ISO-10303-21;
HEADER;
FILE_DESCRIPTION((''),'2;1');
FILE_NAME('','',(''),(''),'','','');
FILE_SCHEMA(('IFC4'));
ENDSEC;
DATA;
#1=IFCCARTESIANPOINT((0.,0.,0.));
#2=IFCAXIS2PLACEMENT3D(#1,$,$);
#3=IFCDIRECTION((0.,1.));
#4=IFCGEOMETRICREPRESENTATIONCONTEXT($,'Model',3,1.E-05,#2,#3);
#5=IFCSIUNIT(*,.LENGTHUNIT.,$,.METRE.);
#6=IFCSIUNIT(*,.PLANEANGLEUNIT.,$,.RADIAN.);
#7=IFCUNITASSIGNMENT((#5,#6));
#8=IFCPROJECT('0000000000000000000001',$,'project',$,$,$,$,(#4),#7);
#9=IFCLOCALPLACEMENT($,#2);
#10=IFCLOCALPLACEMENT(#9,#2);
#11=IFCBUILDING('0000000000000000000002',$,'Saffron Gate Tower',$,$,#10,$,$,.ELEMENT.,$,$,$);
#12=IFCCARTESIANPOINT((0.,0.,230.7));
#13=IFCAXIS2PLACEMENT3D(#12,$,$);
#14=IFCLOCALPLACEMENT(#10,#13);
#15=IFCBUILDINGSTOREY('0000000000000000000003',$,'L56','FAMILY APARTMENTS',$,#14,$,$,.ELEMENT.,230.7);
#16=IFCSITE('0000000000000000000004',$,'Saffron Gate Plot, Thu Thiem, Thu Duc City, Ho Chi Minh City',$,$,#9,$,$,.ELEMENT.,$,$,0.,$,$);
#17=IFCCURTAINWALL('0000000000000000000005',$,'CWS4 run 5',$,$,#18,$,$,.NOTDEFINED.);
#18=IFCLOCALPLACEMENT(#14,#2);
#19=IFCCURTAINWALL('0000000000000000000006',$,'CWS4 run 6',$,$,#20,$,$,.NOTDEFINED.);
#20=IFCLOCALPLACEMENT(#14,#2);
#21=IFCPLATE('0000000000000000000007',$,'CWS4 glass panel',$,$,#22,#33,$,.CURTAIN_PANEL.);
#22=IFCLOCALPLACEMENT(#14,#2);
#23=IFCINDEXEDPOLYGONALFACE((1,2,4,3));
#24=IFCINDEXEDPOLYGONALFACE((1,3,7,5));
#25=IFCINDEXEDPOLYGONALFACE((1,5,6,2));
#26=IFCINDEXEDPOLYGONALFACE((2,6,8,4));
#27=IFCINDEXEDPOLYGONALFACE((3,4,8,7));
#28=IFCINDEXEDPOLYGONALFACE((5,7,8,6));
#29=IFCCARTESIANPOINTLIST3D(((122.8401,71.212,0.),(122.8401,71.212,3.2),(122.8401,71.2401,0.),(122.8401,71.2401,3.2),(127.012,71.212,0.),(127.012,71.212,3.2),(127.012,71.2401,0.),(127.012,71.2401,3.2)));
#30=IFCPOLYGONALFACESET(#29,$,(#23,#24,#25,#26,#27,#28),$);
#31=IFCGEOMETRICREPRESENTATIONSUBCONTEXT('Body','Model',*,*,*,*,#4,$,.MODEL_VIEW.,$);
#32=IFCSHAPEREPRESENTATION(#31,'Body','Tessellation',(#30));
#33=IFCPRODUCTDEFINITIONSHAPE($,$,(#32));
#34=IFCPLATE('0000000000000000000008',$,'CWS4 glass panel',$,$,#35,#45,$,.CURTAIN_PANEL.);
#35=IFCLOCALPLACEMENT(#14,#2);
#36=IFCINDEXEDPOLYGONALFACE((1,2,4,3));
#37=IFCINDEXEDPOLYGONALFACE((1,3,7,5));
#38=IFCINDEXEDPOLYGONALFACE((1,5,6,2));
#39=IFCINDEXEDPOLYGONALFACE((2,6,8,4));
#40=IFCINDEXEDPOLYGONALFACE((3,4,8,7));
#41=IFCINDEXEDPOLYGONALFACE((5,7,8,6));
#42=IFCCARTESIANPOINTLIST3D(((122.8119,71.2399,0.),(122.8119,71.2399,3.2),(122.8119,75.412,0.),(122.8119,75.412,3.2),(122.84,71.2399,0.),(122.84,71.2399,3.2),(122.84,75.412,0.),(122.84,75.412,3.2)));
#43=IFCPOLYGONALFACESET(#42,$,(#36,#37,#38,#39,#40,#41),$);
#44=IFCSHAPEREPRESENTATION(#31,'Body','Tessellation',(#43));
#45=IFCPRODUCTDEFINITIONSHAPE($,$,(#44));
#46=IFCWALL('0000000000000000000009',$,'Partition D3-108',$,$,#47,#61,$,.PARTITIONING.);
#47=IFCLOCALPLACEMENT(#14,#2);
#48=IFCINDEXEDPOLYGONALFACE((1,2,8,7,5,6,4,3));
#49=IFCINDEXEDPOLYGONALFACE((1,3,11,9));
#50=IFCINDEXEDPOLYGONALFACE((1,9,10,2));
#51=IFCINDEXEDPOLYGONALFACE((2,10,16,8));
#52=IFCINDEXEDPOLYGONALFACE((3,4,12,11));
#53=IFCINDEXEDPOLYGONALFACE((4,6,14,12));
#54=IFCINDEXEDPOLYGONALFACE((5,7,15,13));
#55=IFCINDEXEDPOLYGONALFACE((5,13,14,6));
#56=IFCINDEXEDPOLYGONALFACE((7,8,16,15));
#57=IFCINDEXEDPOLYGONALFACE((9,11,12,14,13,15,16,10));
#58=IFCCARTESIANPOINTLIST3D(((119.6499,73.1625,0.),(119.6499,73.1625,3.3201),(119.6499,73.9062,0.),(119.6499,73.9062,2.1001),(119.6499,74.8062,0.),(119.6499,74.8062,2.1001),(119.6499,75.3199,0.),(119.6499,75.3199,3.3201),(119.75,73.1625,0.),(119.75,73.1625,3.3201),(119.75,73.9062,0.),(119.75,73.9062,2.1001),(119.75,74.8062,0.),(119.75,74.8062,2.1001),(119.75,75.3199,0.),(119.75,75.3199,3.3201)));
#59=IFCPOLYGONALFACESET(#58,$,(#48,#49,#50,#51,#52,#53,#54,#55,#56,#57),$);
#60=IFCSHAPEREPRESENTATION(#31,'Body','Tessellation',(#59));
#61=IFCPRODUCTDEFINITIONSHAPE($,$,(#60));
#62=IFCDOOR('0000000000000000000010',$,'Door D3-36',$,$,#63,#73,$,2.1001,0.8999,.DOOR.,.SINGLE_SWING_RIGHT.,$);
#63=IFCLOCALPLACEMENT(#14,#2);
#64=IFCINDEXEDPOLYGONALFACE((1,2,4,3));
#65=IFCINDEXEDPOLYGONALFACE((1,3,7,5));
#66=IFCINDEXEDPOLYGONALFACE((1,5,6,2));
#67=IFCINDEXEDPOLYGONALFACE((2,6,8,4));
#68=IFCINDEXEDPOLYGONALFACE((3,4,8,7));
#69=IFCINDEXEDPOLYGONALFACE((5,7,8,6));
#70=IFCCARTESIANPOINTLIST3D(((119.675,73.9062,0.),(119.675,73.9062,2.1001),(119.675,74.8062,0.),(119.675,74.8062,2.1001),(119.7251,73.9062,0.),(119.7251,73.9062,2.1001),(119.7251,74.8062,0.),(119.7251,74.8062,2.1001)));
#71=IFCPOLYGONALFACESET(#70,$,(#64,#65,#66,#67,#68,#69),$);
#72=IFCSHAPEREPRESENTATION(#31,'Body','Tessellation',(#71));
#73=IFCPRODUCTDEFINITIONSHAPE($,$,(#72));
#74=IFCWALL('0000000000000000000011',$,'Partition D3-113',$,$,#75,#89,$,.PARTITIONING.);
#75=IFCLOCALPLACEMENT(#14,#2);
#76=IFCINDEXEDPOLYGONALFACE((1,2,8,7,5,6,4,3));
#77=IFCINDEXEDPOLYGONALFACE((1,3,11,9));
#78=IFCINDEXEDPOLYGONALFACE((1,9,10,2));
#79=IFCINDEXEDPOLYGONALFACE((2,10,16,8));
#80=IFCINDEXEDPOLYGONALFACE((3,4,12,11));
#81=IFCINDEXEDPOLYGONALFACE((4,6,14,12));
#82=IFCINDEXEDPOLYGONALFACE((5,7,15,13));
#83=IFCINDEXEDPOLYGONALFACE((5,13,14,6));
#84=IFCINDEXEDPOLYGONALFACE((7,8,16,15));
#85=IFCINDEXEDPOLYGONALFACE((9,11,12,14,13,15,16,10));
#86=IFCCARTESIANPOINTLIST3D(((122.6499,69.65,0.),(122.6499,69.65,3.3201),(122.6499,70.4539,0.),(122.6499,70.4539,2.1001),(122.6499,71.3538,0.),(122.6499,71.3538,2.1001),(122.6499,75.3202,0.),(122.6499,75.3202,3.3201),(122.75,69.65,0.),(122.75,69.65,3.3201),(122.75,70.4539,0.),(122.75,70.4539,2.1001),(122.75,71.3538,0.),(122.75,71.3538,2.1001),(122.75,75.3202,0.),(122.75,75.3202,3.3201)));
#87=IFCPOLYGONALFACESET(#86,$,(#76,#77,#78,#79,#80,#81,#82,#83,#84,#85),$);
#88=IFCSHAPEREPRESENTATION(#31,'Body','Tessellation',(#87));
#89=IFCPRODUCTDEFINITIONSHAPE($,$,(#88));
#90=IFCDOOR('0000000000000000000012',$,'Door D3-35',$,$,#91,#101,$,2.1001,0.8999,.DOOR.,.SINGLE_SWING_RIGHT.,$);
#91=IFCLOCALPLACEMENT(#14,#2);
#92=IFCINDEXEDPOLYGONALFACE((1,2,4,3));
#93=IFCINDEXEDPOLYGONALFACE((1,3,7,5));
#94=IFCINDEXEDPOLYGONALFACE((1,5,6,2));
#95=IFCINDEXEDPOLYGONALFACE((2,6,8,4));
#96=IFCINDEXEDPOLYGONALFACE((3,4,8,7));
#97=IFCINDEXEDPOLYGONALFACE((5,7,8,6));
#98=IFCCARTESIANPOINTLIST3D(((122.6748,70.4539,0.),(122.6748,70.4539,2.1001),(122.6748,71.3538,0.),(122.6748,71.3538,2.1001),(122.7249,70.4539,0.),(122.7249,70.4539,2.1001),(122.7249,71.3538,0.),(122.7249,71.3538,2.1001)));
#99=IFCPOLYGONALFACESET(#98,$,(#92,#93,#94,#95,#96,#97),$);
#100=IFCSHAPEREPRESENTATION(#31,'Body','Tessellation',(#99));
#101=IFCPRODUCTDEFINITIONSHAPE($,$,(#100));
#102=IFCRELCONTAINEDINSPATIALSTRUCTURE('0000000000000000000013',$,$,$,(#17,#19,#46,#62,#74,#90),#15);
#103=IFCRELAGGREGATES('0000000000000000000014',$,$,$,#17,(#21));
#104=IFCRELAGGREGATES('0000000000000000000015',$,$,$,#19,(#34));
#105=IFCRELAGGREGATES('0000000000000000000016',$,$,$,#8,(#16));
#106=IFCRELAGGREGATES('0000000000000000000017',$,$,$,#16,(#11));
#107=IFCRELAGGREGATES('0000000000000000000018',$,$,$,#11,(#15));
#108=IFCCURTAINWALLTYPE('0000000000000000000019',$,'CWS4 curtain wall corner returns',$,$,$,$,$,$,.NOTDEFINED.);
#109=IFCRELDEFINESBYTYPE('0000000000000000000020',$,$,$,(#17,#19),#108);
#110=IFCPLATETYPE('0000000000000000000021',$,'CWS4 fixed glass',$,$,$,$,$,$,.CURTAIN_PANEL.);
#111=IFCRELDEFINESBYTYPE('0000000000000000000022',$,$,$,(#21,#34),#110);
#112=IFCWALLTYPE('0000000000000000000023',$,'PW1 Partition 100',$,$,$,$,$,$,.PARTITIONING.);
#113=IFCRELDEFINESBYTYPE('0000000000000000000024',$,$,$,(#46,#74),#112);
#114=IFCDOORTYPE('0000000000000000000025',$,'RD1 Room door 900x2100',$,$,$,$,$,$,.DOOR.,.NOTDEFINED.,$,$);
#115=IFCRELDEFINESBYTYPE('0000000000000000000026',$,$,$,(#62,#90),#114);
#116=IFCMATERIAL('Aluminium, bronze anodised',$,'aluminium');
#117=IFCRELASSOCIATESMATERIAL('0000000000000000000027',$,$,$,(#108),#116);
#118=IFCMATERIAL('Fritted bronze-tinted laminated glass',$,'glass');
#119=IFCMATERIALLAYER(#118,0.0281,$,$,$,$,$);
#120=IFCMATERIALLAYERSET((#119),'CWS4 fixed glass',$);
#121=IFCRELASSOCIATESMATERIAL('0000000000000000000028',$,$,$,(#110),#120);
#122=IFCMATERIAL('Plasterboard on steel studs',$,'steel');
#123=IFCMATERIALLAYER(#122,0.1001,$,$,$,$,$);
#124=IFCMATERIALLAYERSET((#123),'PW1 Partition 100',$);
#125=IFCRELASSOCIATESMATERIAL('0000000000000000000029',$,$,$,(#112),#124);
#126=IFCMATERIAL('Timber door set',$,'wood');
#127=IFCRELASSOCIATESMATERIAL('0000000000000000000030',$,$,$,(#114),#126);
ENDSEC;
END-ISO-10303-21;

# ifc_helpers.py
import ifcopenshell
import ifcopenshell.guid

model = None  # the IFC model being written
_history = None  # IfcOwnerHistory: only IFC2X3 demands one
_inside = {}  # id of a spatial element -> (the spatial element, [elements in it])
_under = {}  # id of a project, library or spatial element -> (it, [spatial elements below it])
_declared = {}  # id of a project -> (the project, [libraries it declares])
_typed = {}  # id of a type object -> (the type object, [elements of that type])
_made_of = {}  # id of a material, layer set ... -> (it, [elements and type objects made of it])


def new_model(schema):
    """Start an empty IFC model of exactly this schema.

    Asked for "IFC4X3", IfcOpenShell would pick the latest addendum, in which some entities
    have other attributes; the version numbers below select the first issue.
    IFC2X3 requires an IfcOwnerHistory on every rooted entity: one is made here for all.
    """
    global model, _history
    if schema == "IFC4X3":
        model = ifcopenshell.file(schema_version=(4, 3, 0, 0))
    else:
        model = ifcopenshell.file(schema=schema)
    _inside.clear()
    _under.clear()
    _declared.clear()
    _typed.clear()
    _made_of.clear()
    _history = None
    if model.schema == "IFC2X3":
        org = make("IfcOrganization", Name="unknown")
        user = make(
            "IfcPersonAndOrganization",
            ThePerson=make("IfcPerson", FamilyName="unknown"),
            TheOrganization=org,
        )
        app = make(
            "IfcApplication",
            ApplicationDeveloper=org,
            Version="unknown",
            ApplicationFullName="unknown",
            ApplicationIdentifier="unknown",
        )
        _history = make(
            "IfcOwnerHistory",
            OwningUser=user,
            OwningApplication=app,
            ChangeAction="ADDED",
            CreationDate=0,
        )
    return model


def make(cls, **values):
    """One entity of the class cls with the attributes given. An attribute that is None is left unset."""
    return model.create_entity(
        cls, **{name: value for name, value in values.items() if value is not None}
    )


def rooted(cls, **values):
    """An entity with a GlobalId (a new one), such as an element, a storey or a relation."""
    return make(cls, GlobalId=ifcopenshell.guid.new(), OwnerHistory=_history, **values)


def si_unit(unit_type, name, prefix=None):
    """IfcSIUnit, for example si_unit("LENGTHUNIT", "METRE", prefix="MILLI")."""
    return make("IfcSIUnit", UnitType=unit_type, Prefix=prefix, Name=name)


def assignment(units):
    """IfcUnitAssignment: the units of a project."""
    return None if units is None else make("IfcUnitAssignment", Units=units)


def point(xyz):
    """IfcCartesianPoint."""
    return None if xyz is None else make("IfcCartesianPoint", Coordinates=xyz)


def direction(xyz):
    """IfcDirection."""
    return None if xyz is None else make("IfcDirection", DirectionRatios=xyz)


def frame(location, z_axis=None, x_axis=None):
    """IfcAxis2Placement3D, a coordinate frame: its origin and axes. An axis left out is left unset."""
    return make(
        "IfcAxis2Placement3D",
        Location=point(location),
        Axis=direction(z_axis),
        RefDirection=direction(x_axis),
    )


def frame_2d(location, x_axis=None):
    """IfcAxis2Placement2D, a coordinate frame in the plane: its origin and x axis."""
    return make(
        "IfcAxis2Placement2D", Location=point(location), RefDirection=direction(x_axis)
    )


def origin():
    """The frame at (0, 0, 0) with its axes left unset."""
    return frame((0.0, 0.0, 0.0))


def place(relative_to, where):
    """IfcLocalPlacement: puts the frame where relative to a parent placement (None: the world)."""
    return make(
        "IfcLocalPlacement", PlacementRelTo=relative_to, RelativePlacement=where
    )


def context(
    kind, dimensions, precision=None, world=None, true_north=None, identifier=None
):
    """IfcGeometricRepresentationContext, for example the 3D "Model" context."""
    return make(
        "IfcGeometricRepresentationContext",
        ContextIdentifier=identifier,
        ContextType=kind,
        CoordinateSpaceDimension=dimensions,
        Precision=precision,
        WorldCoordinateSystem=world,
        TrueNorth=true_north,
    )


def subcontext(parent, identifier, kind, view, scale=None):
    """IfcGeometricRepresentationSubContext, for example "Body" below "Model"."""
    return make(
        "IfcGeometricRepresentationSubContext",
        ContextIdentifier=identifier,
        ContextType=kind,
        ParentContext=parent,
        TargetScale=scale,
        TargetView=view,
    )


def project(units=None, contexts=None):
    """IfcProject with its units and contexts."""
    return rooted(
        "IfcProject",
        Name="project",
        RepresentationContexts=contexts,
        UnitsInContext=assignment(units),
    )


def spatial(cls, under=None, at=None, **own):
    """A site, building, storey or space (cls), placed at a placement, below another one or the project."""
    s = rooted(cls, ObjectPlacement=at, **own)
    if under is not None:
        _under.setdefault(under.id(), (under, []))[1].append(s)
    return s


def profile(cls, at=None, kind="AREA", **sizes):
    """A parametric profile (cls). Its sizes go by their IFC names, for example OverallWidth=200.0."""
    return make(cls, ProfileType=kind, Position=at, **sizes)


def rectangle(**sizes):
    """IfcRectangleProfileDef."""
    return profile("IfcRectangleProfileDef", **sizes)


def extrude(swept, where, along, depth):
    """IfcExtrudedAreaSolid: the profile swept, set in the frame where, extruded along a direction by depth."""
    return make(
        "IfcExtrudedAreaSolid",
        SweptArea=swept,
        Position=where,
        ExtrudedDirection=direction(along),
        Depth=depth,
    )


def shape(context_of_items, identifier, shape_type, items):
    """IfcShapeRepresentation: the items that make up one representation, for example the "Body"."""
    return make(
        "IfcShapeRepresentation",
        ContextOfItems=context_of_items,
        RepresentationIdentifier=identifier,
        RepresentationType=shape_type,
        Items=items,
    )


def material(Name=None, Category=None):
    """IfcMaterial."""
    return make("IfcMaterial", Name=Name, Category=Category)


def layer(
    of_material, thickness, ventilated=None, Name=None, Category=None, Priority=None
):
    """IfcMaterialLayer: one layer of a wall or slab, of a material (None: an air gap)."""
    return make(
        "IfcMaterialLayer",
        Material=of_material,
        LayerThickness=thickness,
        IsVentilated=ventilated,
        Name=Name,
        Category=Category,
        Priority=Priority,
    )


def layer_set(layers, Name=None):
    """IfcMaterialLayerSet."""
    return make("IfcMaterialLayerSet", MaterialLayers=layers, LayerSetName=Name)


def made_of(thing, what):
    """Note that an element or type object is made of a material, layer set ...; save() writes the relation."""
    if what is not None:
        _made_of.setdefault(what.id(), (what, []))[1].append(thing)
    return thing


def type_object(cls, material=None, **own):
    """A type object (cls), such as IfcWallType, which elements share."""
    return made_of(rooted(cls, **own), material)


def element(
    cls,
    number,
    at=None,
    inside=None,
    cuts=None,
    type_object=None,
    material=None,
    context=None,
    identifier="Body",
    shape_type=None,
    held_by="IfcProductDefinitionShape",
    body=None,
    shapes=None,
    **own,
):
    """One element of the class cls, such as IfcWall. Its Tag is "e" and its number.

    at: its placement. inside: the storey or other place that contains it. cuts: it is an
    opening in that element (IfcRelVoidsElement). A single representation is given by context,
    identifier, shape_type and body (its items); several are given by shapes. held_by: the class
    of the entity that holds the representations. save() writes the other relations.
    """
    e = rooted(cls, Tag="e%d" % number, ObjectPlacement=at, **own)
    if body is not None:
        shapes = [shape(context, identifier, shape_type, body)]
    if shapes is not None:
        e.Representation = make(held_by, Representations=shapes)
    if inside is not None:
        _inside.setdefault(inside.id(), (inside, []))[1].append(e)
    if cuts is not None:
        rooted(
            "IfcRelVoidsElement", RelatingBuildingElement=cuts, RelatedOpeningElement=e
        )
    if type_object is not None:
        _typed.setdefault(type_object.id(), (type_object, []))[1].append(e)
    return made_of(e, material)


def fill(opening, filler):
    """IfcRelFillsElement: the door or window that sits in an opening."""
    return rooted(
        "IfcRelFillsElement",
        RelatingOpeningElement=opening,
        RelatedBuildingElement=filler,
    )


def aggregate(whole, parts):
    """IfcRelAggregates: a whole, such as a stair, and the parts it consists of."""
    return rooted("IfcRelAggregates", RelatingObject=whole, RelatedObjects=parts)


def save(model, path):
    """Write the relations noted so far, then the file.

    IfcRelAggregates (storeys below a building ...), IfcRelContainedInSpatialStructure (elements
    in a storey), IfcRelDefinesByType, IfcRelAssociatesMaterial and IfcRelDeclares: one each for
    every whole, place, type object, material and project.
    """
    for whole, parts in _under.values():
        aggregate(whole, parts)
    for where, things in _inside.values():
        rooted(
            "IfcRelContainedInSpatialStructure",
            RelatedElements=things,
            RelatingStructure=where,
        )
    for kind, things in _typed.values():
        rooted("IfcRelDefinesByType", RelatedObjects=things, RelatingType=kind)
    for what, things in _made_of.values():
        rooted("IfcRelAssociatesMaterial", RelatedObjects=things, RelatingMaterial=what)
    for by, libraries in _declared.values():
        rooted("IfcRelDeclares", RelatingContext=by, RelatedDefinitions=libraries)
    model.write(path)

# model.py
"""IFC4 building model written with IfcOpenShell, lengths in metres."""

from ifc_helpers import new_model, si_unit, direction, frame, frame_2d, origin, place, context, subcontext, project, spatial, rectangle, extrude, material, layer, layer_set, type_object, element, fill, aggregate, save


model = new_model("IFC4")

# Units and contexts
model_context = context("Model", 3, precision=1e-05, world=origin(), true_north=direction((0.0, 1.0)))
body_context = subcontext(model_context, "Body", "Model", "MODEL_VIEW")
ifc_project = project(units=[si_unit("LENGTHUNIT", "METRE"), si_unit("PLANEANGLEUNIT", "RADIAN")], contexts=[model_context])

# Site, building, storey
site_placement = place(None, origin())
site = spatial("IfcSite", under=ifc_project, at=site_placement, Name="Saffron Gate Plot, Thu Thiem, Thu Duc City, Ho Chi Minh City", CompositionType="ELEMENT", RefElevation=0.0)
building_placement = place(site_placement, origin())
building = spatial("IfcBuilding", under=site, at=building_placement, Name="Saffron Gate Tower", CompositionType="ELEMENT")
storey_placement = place(building_placement, frame((0.0, 0.0, 230.7)))
storey = spatial("IfcBuildingStorey", under=building, at=storey_placement, Name="L56", Description="FAMILY APARTMENTS", CompositionType="ELEMENT", Elevation=230.7)

# Shared definitions
ifc_material_1 = material(Name="Aluminium, bronze anodised", Category="aluminium")

# Curtain walls
curtain_wall_type_1 = type_object("IfcCurtainWallType", Name="CWS4 curtain wall corner returns", PredefinedType="NOTDEFINED", material=ifc_material_1)
curtain_wall_1_placement = place(storey_placement, origin())
curtain_wall_1 = element("IfcCurtainWall", 1, at=curtain_wall_1_placement, inside=storey, type_object=curtain_wall_type_1, Name="CWS4 run 5", PredefinedType="NOTDEFINED")
curtain_wall_2_placement = place(storey_placement, origin())
curtain_wall_2 = element("IfcCurtainWall", 2, at=curtain_wall_2_placement, inside=storey, type_object=curtain_wall_type_1, Name="CWS4 run 6", PredefinedType="NOTDEFINED")

# Plates
ifc_material_2 = material(Name="Fritted bronze-tinted laminated glass", Category="glass")
ifc_layer_1 = layer(ifc_material_2, 0.0281)
ifc_layer_set_1 = layer_set([ifc_layer_1], Name="CWS4 fixed glass")
plate_type_1 = type_object("IfcPlateType", Name="CWS4 fixed glass", PredefinedType="CURTAIN_PANEL", material=ifc_layer_set_1)
plate_1_placement = place(storey_placement, frame((127.012, 71.2261, 0.0), z_axis=(0.0, 0.0, 1.0), x_axis=(-1.0, 0.0, 0.0)))
plate_1 = element("IfcPlate", 3, at=plate_1_placement, type_object=plate_type_1, Name="CWS4 glass panel", PredefinedType="CURTAIN_PANEL", context=body_context, shape_type="SweptSolid", body=[
    extrude(rectangle(XDim=4.1719, YDim=0.0281, at=frame_2d((2.0859, 0.0))), origin(), (0.0, 0.0, 1.0), 3.2),
])
aggregate(curtain_wall_1, [plate_1])
plate_2_placement = place(storey_placement, frame((122.8259, 71.24, 0.0), z_axis=(0.0, 0.0, 1.0), x_axis=(0.0, 1.0, 0.0)))
plate_2 = element("IfcPlate", 4, at=plate_2_placement, type_object=plate_type_1, Name="CWS4 glass panel", PredefinedType="CURTAIN_PANEL", context=body_context, shape_type="SweptSolid", body=[
    extrude(rectangle(XDim=4.1721, YDim=0.0281, at=frame_2d((2.0859, 0.0))), origin(), (0.0, 0.0, 1.0), 3.2),
])
aggregate(curtain_wall_2, [plate_2])

# Walls, openings, doors
ifc_material_3 = material(Name="Plasterboard on steel studs", Category="steel")
ifc_layer_2 = layer(ifc_material_3, 0.1001)
ifc_layer_set_2 = layer_set([ifc_layer_2], Name="PW1 Partition 100")
wall_type = type_object("IfcWallType", Name="PW1 Partition 100", PredefinedType="PARTITIONING", material=ifc_layer_set_2)
wall_1_placement = place(storey_placement, frame((119.7, 73.1626, 0.0), z_axis=(0.0, 0.0, 1.0), x_axis=(0.0, 1.0, 0.0)))
wall_1 = element("IfcWall", 5, at=wall_1_placement, inside=storey, type_object=wall_type, Name="Partition D3-108", PredefinedType="PARTITIONING", context=body_context, shape_type="SweptSolid", body=[
    extrude(rectangle(XDim=2.1575, YDim=0.1001, at=frame_2d((1.0786, 0.0))), origin(), (0.0, 0.0, 1.0), 3.3201),
])
opening_1_placement = place(wall_1_placement, frame((0.7437, 0.0, 0.0)))
opening_1 = element("IfcOpeningElement", 6, at=opening_1_placement, cuts=wall_1, PredefinedType="OPENING", context=body_context, shape_type="SweptSolid", body=[
    extrude(rectangle(XDim=0.8999, YDim=2.1001, at=frame_2d((0.45, 1.05))), frame((0.0, 0.0601, 0.0), z_axis=(0.0, -1.0, 0.0), x_axis=(1.0, 0.0, 0.0)), (0.0, 0.0, 1.0), 0.1201),
])
ifc_material_4 = material(Name="Timber door set", Category="wood")
door_type = type_object("IfcDoorType", Name="RD1 Room door 900x2100", OperationType="NOTDEFINED", PredefinedType="DOOR", material=ifc_material_4)
door_1_placement = place(opening_1_placement, origin())
door_1 = element("IfcDoor", 7, at=door_1_placement, inside=storey, type_object=door_type, Name="Door D3-36", OperationType="SINGLE_SWING_RIGHT", OverallHeight=2.1001, OverallWidth=0.8999, PredefinedType="DOOR", context=body_context, shape_type="SweptSolid", body=[
    extrude(rectangle(XDim=0.8999, YDim=2.1001, at=frame_2d((0.45, 1.05))), frame((0.0, 0.0249, 0.0), z_axis=(0.0, -1.0, 0.0), x_axis=(1.0, 0.0, 0.0)), (0.0, 0.0, 1.0), 0.05),
])
fill(opening_1, door_1)
wall_2_placement = place(storey_placement, frame((122.7, 75.3201, 0.0), z_axis=(0.0, 0.0, 1.0), x_axis=(0.0, -1.0, 0.0)))
wall_2 = element("IfcWall", 8, at=wall_2_placement, inside=storey, type_object=wall_type, Name="Partition D3-113", PredefinedType="PARTITIONING", context=body_context, shape_type="SweptSolid", body=[
    extrude(rectangle(XDim=5.6702, YDim=0.1001, at=frame_2d((2.835, 0.0))), origin(), (0.0, 0.0, 1.0), 3.3201),
])
opening_2_placement = place(wall_2_placement, frame((3.9663, 0.0, 0.0)))
opening_2 = element("IfcOpeningElement", 9, at=opening_2_placement, cuts=wall_2, PredefinedType="OPENING", context=body_context, shape_type="SweptSolid", body=[
    extrude(rectangle(XDim=0.8999, YDim=2.1001, at=frame_2d((0.45, 1.05))), frame((0.0, 0.0601, 0.0), z_axis=(0.0, -1.0, 0.0), x_axis=(1.0, 0.0, 0.0)), (0.0, 0.0, 1.0), 0.1201),
])
door_2_placement = place(opening_2_placement, origin())
door_2 = element("IfcDoor", 10, at=door_2_placement, inside=storey, type_object=door_type, Name="Door D3-35", OperationType="SINGLE_SWING_RIGHT", OverallHeight=2.1001, OverallWidth=0.8999, PredefinedType="DOOR", context=body_context, shape_type="SweptSolid", body=[
    extrude(rectangle(XDim=0.8999, YDim=2.1001, at=frame_2d((0.45, 1.05))), frame((0.0, 0.0249, 0.0), z_axis=(0.0, -1.0, 0.0), x_axis=(1.0, 0.0, 0.0)), (0.0, 0.0, 1.0), 0.05),
])
fill(opening_2, door_2)

save(model, "model.ifc")
